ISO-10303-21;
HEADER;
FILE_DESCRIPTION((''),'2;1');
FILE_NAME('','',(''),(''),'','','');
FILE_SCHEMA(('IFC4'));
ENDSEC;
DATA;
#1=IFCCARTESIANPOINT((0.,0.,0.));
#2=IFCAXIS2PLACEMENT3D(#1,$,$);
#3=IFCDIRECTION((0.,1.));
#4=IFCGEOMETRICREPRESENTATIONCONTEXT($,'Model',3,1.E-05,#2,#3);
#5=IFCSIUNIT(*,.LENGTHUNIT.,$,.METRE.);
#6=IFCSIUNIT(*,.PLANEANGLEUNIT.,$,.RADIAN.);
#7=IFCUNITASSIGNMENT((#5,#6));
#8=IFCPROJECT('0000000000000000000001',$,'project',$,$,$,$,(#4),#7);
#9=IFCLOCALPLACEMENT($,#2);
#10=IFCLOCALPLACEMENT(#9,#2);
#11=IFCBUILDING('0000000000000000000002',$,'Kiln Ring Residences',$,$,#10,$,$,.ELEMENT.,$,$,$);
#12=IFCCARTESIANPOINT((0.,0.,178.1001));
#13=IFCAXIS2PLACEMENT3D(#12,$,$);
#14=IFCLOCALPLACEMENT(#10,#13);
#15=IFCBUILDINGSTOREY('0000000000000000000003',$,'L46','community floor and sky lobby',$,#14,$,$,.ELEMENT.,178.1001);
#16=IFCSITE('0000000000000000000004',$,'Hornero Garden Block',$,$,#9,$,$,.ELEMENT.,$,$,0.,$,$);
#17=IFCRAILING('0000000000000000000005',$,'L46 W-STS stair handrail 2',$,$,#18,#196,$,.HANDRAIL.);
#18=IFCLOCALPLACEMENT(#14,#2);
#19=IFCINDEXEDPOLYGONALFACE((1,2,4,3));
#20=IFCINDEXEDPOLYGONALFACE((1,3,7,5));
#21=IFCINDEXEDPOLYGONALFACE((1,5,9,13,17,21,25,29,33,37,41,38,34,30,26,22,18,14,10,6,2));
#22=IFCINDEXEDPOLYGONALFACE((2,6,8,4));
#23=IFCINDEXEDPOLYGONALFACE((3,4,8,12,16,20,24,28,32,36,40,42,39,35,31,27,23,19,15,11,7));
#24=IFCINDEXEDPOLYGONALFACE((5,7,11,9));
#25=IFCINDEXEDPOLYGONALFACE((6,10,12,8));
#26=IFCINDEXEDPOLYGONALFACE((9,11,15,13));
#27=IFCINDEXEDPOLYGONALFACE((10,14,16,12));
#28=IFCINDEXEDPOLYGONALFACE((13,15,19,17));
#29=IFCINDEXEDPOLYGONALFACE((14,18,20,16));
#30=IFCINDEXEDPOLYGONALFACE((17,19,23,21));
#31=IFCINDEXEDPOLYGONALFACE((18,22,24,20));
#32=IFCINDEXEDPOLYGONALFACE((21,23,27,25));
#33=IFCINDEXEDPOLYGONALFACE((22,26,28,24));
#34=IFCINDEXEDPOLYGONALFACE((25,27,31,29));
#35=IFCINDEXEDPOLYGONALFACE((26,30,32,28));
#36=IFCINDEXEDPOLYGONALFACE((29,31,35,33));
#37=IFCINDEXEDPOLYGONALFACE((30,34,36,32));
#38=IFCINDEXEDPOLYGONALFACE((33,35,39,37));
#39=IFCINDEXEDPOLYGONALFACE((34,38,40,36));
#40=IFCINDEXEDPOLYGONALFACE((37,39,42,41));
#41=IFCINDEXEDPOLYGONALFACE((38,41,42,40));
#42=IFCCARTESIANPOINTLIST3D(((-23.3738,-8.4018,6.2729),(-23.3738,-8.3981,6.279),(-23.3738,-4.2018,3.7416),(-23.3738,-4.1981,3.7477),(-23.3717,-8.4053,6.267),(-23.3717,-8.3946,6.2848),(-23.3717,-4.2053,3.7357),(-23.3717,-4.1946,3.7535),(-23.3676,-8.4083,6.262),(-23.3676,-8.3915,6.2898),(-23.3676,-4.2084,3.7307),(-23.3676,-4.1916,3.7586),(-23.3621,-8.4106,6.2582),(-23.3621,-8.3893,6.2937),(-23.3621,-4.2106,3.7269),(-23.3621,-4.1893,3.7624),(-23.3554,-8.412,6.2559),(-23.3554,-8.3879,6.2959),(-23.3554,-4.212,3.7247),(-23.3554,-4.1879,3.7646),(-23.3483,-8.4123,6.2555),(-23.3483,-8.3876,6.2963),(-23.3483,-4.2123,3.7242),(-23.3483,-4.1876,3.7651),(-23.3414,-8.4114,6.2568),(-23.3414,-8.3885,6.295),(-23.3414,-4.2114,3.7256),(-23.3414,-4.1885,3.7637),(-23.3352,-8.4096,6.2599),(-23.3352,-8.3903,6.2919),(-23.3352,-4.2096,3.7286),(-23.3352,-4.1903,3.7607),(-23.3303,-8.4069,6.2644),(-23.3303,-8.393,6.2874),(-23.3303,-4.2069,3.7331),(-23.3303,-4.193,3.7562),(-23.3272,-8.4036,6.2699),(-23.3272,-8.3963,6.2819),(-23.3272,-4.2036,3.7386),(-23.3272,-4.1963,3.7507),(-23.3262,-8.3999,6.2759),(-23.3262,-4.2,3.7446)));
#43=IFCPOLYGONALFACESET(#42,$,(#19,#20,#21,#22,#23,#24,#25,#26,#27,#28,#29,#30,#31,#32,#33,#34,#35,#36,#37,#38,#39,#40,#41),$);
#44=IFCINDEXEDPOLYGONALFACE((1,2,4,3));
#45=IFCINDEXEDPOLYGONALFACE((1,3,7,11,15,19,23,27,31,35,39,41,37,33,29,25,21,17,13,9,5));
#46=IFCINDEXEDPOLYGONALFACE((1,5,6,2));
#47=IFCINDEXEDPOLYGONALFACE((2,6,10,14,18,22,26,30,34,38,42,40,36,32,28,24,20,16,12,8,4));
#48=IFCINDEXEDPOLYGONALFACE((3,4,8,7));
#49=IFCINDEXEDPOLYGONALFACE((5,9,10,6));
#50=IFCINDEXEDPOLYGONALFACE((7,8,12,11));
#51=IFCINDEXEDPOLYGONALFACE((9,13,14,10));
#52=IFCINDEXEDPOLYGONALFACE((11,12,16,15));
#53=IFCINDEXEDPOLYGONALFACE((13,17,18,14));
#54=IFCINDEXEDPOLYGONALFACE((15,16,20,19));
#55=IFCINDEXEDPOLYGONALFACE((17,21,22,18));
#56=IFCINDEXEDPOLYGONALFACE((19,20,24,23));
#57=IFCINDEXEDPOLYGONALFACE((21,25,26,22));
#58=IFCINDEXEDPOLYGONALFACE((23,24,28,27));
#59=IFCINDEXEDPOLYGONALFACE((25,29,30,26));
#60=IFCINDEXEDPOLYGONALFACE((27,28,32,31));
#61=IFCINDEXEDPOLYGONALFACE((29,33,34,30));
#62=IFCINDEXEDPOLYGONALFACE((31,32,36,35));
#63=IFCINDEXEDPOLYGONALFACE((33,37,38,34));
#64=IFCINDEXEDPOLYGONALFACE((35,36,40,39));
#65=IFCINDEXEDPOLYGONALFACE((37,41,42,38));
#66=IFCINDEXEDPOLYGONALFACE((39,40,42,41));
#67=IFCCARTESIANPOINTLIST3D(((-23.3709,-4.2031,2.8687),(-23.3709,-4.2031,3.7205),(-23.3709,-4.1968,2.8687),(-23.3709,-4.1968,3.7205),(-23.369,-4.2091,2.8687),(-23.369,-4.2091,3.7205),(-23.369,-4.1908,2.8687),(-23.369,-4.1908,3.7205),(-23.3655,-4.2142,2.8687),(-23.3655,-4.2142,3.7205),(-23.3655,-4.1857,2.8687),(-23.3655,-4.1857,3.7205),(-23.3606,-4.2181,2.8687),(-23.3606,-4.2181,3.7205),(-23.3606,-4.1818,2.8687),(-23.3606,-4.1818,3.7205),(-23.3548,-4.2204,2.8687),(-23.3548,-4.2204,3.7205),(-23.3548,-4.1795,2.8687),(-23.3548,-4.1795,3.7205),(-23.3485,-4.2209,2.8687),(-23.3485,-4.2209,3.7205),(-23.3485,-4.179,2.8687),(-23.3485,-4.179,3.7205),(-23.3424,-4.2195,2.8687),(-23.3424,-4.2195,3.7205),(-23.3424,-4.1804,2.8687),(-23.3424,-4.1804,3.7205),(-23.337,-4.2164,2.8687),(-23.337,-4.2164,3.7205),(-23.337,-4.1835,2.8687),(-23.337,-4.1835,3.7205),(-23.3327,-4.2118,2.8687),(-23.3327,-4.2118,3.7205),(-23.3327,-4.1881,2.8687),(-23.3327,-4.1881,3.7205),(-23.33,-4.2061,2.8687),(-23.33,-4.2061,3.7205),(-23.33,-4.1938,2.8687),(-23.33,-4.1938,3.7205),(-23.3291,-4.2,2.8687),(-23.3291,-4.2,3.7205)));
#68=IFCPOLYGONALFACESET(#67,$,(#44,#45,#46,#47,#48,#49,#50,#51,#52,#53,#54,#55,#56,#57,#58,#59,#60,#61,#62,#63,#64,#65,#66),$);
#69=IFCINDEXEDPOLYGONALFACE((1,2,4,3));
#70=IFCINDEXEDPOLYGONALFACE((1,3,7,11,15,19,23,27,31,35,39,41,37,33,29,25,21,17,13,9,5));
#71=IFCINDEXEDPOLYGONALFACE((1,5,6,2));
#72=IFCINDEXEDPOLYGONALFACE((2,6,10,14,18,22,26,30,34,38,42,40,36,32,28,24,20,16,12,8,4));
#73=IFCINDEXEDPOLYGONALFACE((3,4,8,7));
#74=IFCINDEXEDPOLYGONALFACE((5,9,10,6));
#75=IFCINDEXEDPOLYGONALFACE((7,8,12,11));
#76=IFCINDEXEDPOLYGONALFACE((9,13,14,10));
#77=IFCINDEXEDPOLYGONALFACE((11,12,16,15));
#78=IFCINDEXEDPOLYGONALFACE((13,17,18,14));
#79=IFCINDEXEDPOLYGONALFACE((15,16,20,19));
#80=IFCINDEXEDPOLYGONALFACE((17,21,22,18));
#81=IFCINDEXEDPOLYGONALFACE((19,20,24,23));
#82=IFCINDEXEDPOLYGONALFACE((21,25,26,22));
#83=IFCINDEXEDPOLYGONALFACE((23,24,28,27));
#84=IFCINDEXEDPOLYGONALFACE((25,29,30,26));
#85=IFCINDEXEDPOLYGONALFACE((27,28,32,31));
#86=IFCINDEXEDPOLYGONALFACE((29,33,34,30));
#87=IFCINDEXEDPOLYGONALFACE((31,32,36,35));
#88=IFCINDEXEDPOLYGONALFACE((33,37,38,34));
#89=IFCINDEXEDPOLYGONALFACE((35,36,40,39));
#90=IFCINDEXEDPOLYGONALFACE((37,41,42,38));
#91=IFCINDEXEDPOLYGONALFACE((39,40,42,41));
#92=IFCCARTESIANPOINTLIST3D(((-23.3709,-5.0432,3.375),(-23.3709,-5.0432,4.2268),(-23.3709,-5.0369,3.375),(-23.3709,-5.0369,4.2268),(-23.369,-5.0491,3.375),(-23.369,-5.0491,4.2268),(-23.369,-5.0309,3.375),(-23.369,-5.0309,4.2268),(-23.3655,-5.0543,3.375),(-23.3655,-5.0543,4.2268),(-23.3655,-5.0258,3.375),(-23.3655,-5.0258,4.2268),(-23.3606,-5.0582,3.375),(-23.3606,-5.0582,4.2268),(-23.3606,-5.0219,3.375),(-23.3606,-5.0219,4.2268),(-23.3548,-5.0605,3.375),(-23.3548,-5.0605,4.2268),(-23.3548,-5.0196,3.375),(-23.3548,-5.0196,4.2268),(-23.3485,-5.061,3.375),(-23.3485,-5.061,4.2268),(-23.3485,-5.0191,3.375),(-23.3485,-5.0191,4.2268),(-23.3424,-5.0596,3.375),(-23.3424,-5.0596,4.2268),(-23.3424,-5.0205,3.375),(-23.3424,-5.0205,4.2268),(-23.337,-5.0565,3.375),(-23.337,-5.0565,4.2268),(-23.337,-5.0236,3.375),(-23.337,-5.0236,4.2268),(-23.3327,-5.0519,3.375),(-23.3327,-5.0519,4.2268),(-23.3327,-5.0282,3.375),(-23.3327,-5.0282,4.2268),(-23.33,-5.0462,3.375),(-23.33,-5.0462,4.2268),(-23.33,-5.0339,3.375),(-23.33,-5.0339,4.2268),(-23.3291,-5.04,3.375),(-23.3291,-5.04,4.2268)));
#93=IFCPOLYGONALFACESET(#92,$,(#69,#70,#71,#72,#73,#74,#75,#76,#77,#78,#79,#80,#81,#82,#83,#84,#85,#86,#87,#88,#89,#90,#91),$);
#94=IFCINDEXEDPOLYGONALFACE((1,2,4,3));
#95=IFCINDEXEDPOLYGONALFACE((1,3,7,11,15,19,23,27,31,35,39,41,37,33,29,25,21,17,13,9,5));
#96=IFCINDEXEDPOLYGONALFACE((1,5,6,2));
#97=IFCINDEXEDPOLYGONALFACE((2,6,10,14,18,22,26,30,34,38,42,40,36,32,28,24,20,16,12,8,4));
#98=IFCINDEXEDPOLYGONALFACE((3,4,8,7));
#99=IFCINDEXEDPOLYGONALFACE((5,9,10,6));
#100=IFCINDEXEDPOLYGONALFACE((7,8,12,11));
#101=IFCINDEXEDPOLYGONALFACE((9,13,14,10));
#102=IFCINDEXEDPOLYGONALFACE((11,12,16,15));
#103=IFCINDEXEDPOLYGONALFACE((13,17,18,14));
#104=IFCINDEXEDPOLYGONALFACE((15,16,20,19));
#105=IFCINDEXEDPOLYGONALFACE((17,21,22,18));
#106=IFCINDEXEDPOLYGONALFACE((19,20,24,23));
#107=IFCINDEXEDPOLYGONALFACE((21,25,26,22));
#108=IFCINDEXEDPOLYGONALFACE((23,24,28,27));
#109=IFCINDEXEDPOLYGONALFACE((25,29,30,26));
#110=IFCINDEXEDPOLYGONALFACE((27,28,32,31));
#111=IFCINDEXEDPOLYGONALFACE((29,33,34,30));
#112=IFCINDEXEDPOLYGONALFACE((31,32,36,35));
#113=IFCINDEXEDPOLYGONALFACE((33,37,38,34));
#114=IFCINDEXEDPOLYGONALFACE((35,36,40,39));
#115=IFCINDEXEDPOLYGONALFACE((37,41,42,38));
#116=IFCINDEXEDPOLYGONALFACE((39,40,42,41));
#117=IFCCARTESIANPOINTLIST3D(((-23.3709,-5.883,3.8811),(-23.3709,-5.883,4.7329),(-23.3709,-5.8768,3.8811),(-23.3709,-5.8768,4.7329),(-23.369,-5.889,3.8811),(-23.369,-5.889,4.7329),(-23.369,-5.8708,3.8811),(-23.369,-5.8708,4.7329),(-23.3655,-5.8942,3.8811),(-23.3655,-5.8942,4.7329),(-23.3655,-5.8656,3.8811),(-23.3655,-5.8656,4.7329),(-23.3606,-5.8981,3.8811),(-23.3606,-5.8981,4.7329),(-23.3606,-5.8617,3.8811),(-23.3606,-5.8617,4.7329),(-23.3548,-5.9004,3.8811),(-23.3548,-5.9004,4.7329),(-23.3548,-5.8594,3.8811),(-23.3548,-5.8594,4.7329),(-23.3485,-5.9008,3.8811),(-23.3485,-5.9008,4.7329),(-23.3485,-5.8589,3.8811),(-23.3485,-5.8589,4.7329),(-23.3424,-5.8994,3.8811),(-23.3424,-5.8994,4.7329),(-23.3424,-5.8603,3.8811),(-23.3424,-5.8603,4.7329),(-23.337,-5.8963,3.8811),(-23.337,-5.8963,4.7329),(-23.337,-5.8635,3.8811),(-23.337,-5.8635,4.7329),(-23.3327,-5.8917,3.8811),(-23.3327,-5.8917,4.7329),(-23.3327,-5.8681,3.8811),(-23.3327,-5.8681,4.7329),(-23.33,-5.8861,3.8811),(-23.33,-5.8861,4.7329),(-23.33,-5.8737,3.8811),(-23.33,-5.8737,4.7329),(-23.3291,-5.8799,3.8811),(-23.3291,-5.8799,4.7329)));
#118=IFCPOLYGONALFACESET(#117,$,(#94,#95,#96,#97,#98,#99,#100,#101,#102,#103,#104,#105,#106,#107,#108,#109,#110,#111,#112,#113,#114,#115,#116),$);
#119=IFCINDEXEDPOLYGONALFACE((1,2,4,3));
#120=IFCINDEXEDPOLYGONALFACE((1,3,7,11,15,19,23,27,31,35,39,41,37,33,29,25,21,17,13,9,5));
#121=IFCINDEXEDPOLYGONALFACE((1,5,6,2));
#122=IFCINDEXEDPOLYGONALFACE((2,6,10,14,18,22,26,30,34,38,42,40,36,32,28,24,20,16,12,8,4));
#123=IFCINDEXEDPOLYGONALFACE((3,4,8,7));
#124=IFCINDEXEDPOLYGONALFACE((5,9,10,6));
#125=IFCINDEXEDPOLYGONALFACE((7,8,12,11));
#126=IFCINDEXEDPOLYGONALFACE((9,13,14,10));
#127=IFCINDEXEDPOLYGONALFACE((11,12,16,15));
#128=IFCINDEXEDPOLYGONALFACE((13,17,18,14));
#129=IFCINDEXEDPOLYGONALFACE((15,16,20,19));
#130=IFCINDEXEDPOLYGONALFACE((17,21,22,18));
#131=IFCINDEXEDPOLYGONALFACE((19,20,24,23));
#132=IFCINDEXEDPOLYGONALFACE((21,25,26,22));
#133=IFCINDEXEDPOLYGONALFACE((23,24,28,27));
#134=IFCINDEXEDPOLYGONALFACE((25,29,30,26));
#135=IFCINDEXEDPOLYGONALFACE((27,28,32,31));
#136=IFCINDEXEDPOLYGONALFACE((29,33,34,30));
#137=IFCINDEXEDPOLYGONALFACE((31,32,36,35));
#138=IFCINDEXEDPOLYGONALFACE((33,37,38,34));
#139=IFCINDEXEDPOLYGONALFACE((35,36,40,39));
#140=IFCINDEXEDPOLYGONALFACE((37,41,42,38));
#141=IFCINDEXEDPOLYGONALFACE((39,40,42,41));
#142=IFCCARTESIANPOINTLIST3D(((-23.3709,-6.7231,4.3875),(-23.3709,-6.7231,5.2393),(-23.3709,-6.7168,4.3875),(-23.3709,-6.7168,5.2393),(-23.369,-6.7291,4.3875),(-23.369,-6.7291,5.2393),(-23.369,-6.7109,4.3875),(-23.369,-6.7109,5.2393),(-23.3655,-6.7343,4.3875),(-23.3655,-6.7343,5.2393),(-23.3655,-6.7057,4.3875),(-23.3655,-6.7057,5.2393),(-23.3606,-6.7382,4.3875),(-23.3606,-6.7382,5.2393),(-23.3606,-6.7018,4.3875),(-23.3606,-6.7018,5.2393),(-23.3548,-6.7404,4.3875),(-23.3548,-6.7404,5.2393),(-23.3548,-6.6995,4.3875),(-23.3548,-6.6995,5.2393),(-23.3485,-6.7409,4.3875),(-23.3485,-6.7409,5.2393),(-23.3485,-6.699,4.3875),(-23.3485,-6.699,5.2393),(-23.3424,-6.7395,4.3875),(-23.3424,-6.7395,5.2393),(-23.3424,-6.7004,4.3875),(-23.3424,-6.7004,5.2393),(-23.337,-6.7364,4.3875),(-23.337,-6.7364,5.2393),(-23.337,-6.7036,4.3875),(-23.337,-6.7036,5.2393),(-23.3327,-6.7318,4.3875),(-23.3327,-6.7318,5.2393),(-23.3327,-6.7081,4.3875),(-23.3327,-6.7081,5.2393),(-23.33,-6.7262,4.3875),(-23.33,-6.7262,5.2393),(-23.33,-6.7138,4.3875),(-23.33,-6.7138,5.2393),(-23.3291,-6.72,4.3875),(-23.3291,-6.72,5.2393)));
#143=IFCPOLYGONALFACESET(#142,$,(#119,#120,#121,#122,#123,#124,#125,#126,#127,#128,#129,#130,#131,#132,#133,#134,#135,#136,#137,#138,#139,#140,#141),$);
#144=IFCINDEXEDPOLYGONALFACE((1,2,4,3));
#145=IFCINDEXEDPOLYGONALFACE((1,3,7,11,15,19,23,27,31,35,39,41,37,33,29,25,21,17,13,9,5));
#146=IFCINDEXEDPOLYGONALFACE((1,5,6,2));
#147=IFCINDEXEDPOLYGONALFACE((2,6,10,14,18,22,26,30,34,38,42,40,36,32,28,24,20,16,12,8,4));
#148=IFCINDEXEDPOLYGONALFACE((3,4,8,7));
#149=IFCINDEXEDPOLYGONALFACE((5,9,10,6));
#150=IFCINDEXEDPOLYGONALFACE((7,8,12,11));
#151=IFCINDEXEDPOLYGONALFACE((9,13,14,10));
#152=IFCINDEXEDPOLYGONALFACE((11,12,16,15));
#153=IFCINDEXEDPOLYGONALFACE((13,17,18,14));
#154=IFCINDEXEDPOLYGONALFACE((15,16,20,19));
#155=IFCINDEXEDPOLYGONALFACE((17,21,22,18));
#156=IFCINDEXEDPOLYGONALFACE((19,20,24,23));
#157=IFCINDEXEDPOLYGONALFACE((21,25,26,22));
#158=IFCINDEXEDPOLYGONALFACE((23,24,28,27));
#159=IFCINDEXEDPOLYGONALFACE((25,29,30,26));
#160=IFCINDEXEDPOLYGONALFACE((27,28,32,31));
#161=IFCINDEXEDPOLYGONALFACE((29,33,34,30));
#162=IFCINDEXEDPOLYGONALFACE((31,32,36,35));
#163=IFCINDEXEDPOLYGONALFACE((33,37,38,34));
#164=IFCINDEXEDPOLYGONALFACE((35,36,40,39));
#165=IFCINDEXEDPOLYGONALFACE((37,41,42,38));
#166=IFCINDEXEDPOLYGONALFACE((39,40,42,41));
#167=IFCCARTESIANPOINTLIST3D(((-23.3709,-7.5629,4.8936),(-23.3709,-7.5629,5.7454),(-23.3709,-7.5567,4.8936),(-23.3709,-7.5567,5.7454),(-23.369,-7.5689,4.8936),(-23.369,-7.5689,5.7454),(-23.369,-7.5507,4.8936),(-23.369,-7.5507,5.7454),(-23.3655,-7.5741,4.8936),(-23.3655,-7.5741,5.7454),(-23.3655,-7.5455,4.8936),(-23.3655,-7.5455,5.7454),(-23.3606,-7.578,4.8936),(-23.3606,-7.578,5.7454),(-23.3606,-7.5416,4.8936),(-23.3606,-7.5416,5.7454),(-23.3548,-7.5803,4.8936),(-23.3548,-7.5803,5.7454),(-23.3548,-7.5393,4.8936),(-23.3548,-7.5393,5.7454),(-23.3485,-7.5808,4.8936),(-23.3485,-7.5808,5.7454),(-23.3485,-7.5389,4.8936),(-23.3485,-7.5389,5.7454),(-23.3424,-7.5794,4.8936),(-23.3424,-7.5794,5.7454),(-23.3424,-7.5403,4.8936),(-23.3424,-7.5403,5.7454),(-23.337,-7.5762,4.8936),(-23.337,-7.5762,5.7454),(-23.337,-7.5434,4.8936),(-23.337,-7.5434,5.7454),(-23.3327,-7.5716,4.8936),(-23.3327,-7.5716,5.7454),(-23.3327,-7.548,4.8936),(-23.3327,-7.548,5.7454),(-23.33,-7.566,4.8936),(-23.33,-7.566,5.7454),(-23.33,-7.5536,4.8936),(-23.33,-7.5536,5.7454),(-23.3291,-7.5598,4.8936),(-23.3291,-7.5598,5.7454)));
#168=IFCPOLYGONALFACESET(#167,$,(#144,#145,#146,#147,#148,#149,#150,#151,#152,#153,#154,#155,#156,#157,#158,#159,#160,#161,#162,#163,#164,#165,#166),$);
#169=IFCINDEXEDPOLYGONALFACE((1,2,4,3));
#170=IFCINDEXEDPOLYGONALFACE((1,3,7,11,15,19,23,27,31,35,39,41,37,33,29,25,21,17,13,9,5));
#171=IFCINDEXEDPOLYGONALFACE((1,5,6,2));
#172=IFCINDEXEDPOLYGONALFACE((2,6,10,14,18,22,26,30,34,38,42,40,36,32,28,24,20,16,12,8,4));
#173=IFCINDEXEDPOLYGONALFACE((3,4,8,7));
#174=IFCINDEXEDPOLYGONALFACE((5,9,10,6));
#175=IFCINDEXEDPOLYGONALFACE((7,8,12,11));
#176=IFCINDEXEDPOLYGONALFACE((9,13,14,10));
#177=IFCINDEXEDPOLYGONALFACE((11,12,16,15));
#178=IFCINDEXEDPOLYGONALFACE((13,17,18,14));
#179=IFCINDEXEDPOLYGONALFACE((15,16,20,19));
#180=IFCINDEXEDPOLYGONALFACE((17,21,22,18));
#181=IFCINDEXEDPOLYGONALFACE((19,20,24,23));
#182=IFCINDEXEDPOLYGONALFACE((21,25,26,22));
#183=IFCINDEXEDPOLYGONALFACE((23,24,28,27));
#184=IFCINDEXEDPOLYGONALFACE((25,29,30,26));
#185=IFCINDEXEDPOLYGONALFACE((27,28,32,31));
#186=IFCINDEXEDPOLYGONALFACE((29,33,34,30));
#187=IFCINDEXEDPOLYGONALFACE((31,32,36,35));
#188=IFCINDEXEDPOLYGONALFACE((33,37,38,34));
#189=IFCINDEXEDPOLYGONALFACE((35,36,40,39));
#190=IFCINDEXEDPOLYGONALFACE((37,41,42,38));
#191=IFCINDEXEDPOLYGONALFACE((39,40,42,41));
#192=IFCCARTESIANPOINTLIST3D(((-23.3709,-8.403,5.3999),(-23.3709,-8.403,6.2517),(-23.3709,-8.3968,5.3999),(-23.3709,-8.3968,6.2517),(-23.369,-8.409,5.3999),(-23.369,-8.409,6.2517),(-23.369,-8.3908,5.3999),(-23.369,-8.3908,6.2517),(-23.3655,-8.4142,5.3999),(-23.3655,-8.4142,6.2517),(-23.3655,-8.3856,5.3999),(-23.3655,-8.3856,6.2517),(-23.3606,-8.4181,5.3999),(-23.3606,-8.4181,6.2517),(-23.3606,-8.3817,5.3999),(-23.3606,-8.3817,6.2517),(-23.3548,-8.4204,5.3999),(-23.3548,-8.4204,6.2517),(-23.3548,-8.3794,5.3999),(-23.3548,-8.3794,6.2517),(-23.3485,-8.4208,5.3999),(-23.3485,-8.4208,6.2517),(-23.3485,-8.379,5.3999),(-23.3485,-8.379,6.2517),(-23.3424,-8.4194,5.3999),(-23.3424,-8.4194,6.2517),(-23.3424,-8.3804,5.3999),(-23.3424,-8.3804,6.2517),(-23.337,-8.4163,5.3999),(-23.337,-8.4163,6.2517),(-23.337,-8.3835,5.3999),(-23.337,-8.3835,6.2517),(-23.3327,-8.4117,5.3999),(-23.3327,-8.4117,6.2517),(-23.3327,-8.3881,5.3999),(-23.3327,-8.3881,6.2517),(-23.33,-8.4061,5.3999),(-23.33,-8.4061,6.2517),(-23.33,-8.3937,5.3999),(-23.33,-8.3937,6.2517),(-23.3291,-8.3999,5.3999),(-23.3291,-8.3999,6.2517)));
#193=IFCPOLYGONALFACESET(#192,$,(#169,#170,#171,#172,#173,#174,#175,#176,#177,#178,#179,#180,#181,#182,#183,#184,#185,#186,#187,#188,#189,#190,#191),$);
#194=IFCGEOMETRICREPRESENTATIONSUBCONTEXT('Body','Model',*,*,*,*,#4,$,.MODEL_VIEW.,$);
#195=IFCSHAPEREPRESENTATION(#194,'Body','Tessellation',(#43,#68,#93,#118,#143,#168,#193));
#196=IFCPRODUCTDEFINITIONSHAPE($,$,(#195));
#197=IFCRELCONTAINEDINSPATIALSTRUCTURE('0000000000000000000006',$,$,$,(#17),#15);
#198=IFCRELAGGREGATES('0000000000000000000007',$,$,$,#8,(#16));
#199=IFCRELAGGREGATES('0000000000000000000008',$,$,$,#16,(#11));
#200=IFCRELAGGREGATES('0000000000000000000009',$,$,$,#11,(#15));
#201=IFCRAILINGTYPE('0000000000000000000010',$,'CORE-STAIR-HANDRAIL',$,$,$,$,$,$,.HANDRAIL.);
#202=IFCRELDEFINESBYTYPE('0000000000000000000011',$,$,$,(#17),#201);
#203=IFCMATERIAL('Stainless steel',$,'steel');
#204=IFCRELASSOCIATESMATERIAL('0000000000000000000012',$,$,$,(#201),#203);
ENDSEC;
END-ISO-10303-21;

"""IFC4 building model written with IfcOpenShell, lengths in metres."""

from ifc_helpers import new_model, si_unit, direction, frame, origin, origin_2d, place, context, subcontext, project, spatial, circle, extrude, material, type_object, element, save


model = new_model("IFC4")

# Units and contexts
model_context = context("Model", 3, precision=1e-05, world=origin(), true_north=direction((0.0, 1.0)))
body_context = subcontext(model_context, "Body", "Model", "MODEL_VIEW")
ifc_project = project(units=[si_unit("LENGTHUNIT", "METRE"), si_unit("PLANEANGLEUNIT", "RADIAN")], contexts=[model_context])

# Site, building, storey
site_placement = place(None, origin())
site = spatial("IfcSite", under=ifc_project, at=site_placement, Name="Hornero Garden Block", CompositionType="ELEMENT", RefElevation=0.0)
building_placement = place(site_placement, origin())
building = spatial("IfcBuilding", under=site, at=building_placement, Name="Kiln Ring Residences", CompositionType="ELEMENT")
storey_placement = place(building_placement, frame((0.0, 0.0, 178.1001)))
storey = spatial("IfcBuildingStorey", under=building, at=storey_placement, Name="L46", Description="community floor and sky lobby", CompositionType="ELEMENT", Elevation=178.1001)

# Railing
ifc_material_1 = material(Name="Stainless steel", Category="steel")
railing_type_1 = type_object("IfcRailingType", Name="CORE-STAIR-HANDRAIL", PredefinedType="HANDRAIL", material=ifc_material_1)
railing_1_placement = place(storey_placement, frame((-23.3501, -4.2, 2.8687)))
element("IfcRailing", 1, at=railing_1_placement, inside=storey, type_object=railing_type_1, Name="L46 W-STS stair handrail 2", PredefinedType="HANDRAIL", context=body_context, shape_type="SweptSolid", body=[
    extrude(circle(Radius=0.0239, at=origin_2d()), frame((0.0, 0.0, 0.876), z_axis=(0.0, -0.856476, 0.516186), x_axis=(1.0, 0.0, 0.0)), (0.0, 0.0, 1.0), 4.9038),
    extrude(circle(Radius=0.021, at=origin_2d()), origin(), (0.0, 0.0, 1.0), 0.8518),
    extrude(circle(Radius=0.021, at=origin_2d()), frame((0.0, -0.8401, 0.5063)), (0.0, 0.0, 1.0), 0.8518),
    extrude(circle(Radius=0.021, at=origin_2d()), frame((0.0, -1.6799, 1.0125)), (0.0, 0.0, 1.0), 0.8518),
    extrude(circle(Radius=0.021, at=origin_2d()), frame((0.0, -2.52, 1.5188)), (0.0, 0.0, 1.0), 0.8518),
    extrude(circle(Radius=0.021, at=origin_2d()), frame((0.0, -3.3599, 2.0249)), (0.0, 0.0, 1.0), 0.8518),
    extrude(circle(Radius=0.021, at=origin_2d()), frame((0.0, -4.2, 2.5312)), (0.0, 0.0, 1.0), 0.8518),
])

save(model, "model.ifc")
